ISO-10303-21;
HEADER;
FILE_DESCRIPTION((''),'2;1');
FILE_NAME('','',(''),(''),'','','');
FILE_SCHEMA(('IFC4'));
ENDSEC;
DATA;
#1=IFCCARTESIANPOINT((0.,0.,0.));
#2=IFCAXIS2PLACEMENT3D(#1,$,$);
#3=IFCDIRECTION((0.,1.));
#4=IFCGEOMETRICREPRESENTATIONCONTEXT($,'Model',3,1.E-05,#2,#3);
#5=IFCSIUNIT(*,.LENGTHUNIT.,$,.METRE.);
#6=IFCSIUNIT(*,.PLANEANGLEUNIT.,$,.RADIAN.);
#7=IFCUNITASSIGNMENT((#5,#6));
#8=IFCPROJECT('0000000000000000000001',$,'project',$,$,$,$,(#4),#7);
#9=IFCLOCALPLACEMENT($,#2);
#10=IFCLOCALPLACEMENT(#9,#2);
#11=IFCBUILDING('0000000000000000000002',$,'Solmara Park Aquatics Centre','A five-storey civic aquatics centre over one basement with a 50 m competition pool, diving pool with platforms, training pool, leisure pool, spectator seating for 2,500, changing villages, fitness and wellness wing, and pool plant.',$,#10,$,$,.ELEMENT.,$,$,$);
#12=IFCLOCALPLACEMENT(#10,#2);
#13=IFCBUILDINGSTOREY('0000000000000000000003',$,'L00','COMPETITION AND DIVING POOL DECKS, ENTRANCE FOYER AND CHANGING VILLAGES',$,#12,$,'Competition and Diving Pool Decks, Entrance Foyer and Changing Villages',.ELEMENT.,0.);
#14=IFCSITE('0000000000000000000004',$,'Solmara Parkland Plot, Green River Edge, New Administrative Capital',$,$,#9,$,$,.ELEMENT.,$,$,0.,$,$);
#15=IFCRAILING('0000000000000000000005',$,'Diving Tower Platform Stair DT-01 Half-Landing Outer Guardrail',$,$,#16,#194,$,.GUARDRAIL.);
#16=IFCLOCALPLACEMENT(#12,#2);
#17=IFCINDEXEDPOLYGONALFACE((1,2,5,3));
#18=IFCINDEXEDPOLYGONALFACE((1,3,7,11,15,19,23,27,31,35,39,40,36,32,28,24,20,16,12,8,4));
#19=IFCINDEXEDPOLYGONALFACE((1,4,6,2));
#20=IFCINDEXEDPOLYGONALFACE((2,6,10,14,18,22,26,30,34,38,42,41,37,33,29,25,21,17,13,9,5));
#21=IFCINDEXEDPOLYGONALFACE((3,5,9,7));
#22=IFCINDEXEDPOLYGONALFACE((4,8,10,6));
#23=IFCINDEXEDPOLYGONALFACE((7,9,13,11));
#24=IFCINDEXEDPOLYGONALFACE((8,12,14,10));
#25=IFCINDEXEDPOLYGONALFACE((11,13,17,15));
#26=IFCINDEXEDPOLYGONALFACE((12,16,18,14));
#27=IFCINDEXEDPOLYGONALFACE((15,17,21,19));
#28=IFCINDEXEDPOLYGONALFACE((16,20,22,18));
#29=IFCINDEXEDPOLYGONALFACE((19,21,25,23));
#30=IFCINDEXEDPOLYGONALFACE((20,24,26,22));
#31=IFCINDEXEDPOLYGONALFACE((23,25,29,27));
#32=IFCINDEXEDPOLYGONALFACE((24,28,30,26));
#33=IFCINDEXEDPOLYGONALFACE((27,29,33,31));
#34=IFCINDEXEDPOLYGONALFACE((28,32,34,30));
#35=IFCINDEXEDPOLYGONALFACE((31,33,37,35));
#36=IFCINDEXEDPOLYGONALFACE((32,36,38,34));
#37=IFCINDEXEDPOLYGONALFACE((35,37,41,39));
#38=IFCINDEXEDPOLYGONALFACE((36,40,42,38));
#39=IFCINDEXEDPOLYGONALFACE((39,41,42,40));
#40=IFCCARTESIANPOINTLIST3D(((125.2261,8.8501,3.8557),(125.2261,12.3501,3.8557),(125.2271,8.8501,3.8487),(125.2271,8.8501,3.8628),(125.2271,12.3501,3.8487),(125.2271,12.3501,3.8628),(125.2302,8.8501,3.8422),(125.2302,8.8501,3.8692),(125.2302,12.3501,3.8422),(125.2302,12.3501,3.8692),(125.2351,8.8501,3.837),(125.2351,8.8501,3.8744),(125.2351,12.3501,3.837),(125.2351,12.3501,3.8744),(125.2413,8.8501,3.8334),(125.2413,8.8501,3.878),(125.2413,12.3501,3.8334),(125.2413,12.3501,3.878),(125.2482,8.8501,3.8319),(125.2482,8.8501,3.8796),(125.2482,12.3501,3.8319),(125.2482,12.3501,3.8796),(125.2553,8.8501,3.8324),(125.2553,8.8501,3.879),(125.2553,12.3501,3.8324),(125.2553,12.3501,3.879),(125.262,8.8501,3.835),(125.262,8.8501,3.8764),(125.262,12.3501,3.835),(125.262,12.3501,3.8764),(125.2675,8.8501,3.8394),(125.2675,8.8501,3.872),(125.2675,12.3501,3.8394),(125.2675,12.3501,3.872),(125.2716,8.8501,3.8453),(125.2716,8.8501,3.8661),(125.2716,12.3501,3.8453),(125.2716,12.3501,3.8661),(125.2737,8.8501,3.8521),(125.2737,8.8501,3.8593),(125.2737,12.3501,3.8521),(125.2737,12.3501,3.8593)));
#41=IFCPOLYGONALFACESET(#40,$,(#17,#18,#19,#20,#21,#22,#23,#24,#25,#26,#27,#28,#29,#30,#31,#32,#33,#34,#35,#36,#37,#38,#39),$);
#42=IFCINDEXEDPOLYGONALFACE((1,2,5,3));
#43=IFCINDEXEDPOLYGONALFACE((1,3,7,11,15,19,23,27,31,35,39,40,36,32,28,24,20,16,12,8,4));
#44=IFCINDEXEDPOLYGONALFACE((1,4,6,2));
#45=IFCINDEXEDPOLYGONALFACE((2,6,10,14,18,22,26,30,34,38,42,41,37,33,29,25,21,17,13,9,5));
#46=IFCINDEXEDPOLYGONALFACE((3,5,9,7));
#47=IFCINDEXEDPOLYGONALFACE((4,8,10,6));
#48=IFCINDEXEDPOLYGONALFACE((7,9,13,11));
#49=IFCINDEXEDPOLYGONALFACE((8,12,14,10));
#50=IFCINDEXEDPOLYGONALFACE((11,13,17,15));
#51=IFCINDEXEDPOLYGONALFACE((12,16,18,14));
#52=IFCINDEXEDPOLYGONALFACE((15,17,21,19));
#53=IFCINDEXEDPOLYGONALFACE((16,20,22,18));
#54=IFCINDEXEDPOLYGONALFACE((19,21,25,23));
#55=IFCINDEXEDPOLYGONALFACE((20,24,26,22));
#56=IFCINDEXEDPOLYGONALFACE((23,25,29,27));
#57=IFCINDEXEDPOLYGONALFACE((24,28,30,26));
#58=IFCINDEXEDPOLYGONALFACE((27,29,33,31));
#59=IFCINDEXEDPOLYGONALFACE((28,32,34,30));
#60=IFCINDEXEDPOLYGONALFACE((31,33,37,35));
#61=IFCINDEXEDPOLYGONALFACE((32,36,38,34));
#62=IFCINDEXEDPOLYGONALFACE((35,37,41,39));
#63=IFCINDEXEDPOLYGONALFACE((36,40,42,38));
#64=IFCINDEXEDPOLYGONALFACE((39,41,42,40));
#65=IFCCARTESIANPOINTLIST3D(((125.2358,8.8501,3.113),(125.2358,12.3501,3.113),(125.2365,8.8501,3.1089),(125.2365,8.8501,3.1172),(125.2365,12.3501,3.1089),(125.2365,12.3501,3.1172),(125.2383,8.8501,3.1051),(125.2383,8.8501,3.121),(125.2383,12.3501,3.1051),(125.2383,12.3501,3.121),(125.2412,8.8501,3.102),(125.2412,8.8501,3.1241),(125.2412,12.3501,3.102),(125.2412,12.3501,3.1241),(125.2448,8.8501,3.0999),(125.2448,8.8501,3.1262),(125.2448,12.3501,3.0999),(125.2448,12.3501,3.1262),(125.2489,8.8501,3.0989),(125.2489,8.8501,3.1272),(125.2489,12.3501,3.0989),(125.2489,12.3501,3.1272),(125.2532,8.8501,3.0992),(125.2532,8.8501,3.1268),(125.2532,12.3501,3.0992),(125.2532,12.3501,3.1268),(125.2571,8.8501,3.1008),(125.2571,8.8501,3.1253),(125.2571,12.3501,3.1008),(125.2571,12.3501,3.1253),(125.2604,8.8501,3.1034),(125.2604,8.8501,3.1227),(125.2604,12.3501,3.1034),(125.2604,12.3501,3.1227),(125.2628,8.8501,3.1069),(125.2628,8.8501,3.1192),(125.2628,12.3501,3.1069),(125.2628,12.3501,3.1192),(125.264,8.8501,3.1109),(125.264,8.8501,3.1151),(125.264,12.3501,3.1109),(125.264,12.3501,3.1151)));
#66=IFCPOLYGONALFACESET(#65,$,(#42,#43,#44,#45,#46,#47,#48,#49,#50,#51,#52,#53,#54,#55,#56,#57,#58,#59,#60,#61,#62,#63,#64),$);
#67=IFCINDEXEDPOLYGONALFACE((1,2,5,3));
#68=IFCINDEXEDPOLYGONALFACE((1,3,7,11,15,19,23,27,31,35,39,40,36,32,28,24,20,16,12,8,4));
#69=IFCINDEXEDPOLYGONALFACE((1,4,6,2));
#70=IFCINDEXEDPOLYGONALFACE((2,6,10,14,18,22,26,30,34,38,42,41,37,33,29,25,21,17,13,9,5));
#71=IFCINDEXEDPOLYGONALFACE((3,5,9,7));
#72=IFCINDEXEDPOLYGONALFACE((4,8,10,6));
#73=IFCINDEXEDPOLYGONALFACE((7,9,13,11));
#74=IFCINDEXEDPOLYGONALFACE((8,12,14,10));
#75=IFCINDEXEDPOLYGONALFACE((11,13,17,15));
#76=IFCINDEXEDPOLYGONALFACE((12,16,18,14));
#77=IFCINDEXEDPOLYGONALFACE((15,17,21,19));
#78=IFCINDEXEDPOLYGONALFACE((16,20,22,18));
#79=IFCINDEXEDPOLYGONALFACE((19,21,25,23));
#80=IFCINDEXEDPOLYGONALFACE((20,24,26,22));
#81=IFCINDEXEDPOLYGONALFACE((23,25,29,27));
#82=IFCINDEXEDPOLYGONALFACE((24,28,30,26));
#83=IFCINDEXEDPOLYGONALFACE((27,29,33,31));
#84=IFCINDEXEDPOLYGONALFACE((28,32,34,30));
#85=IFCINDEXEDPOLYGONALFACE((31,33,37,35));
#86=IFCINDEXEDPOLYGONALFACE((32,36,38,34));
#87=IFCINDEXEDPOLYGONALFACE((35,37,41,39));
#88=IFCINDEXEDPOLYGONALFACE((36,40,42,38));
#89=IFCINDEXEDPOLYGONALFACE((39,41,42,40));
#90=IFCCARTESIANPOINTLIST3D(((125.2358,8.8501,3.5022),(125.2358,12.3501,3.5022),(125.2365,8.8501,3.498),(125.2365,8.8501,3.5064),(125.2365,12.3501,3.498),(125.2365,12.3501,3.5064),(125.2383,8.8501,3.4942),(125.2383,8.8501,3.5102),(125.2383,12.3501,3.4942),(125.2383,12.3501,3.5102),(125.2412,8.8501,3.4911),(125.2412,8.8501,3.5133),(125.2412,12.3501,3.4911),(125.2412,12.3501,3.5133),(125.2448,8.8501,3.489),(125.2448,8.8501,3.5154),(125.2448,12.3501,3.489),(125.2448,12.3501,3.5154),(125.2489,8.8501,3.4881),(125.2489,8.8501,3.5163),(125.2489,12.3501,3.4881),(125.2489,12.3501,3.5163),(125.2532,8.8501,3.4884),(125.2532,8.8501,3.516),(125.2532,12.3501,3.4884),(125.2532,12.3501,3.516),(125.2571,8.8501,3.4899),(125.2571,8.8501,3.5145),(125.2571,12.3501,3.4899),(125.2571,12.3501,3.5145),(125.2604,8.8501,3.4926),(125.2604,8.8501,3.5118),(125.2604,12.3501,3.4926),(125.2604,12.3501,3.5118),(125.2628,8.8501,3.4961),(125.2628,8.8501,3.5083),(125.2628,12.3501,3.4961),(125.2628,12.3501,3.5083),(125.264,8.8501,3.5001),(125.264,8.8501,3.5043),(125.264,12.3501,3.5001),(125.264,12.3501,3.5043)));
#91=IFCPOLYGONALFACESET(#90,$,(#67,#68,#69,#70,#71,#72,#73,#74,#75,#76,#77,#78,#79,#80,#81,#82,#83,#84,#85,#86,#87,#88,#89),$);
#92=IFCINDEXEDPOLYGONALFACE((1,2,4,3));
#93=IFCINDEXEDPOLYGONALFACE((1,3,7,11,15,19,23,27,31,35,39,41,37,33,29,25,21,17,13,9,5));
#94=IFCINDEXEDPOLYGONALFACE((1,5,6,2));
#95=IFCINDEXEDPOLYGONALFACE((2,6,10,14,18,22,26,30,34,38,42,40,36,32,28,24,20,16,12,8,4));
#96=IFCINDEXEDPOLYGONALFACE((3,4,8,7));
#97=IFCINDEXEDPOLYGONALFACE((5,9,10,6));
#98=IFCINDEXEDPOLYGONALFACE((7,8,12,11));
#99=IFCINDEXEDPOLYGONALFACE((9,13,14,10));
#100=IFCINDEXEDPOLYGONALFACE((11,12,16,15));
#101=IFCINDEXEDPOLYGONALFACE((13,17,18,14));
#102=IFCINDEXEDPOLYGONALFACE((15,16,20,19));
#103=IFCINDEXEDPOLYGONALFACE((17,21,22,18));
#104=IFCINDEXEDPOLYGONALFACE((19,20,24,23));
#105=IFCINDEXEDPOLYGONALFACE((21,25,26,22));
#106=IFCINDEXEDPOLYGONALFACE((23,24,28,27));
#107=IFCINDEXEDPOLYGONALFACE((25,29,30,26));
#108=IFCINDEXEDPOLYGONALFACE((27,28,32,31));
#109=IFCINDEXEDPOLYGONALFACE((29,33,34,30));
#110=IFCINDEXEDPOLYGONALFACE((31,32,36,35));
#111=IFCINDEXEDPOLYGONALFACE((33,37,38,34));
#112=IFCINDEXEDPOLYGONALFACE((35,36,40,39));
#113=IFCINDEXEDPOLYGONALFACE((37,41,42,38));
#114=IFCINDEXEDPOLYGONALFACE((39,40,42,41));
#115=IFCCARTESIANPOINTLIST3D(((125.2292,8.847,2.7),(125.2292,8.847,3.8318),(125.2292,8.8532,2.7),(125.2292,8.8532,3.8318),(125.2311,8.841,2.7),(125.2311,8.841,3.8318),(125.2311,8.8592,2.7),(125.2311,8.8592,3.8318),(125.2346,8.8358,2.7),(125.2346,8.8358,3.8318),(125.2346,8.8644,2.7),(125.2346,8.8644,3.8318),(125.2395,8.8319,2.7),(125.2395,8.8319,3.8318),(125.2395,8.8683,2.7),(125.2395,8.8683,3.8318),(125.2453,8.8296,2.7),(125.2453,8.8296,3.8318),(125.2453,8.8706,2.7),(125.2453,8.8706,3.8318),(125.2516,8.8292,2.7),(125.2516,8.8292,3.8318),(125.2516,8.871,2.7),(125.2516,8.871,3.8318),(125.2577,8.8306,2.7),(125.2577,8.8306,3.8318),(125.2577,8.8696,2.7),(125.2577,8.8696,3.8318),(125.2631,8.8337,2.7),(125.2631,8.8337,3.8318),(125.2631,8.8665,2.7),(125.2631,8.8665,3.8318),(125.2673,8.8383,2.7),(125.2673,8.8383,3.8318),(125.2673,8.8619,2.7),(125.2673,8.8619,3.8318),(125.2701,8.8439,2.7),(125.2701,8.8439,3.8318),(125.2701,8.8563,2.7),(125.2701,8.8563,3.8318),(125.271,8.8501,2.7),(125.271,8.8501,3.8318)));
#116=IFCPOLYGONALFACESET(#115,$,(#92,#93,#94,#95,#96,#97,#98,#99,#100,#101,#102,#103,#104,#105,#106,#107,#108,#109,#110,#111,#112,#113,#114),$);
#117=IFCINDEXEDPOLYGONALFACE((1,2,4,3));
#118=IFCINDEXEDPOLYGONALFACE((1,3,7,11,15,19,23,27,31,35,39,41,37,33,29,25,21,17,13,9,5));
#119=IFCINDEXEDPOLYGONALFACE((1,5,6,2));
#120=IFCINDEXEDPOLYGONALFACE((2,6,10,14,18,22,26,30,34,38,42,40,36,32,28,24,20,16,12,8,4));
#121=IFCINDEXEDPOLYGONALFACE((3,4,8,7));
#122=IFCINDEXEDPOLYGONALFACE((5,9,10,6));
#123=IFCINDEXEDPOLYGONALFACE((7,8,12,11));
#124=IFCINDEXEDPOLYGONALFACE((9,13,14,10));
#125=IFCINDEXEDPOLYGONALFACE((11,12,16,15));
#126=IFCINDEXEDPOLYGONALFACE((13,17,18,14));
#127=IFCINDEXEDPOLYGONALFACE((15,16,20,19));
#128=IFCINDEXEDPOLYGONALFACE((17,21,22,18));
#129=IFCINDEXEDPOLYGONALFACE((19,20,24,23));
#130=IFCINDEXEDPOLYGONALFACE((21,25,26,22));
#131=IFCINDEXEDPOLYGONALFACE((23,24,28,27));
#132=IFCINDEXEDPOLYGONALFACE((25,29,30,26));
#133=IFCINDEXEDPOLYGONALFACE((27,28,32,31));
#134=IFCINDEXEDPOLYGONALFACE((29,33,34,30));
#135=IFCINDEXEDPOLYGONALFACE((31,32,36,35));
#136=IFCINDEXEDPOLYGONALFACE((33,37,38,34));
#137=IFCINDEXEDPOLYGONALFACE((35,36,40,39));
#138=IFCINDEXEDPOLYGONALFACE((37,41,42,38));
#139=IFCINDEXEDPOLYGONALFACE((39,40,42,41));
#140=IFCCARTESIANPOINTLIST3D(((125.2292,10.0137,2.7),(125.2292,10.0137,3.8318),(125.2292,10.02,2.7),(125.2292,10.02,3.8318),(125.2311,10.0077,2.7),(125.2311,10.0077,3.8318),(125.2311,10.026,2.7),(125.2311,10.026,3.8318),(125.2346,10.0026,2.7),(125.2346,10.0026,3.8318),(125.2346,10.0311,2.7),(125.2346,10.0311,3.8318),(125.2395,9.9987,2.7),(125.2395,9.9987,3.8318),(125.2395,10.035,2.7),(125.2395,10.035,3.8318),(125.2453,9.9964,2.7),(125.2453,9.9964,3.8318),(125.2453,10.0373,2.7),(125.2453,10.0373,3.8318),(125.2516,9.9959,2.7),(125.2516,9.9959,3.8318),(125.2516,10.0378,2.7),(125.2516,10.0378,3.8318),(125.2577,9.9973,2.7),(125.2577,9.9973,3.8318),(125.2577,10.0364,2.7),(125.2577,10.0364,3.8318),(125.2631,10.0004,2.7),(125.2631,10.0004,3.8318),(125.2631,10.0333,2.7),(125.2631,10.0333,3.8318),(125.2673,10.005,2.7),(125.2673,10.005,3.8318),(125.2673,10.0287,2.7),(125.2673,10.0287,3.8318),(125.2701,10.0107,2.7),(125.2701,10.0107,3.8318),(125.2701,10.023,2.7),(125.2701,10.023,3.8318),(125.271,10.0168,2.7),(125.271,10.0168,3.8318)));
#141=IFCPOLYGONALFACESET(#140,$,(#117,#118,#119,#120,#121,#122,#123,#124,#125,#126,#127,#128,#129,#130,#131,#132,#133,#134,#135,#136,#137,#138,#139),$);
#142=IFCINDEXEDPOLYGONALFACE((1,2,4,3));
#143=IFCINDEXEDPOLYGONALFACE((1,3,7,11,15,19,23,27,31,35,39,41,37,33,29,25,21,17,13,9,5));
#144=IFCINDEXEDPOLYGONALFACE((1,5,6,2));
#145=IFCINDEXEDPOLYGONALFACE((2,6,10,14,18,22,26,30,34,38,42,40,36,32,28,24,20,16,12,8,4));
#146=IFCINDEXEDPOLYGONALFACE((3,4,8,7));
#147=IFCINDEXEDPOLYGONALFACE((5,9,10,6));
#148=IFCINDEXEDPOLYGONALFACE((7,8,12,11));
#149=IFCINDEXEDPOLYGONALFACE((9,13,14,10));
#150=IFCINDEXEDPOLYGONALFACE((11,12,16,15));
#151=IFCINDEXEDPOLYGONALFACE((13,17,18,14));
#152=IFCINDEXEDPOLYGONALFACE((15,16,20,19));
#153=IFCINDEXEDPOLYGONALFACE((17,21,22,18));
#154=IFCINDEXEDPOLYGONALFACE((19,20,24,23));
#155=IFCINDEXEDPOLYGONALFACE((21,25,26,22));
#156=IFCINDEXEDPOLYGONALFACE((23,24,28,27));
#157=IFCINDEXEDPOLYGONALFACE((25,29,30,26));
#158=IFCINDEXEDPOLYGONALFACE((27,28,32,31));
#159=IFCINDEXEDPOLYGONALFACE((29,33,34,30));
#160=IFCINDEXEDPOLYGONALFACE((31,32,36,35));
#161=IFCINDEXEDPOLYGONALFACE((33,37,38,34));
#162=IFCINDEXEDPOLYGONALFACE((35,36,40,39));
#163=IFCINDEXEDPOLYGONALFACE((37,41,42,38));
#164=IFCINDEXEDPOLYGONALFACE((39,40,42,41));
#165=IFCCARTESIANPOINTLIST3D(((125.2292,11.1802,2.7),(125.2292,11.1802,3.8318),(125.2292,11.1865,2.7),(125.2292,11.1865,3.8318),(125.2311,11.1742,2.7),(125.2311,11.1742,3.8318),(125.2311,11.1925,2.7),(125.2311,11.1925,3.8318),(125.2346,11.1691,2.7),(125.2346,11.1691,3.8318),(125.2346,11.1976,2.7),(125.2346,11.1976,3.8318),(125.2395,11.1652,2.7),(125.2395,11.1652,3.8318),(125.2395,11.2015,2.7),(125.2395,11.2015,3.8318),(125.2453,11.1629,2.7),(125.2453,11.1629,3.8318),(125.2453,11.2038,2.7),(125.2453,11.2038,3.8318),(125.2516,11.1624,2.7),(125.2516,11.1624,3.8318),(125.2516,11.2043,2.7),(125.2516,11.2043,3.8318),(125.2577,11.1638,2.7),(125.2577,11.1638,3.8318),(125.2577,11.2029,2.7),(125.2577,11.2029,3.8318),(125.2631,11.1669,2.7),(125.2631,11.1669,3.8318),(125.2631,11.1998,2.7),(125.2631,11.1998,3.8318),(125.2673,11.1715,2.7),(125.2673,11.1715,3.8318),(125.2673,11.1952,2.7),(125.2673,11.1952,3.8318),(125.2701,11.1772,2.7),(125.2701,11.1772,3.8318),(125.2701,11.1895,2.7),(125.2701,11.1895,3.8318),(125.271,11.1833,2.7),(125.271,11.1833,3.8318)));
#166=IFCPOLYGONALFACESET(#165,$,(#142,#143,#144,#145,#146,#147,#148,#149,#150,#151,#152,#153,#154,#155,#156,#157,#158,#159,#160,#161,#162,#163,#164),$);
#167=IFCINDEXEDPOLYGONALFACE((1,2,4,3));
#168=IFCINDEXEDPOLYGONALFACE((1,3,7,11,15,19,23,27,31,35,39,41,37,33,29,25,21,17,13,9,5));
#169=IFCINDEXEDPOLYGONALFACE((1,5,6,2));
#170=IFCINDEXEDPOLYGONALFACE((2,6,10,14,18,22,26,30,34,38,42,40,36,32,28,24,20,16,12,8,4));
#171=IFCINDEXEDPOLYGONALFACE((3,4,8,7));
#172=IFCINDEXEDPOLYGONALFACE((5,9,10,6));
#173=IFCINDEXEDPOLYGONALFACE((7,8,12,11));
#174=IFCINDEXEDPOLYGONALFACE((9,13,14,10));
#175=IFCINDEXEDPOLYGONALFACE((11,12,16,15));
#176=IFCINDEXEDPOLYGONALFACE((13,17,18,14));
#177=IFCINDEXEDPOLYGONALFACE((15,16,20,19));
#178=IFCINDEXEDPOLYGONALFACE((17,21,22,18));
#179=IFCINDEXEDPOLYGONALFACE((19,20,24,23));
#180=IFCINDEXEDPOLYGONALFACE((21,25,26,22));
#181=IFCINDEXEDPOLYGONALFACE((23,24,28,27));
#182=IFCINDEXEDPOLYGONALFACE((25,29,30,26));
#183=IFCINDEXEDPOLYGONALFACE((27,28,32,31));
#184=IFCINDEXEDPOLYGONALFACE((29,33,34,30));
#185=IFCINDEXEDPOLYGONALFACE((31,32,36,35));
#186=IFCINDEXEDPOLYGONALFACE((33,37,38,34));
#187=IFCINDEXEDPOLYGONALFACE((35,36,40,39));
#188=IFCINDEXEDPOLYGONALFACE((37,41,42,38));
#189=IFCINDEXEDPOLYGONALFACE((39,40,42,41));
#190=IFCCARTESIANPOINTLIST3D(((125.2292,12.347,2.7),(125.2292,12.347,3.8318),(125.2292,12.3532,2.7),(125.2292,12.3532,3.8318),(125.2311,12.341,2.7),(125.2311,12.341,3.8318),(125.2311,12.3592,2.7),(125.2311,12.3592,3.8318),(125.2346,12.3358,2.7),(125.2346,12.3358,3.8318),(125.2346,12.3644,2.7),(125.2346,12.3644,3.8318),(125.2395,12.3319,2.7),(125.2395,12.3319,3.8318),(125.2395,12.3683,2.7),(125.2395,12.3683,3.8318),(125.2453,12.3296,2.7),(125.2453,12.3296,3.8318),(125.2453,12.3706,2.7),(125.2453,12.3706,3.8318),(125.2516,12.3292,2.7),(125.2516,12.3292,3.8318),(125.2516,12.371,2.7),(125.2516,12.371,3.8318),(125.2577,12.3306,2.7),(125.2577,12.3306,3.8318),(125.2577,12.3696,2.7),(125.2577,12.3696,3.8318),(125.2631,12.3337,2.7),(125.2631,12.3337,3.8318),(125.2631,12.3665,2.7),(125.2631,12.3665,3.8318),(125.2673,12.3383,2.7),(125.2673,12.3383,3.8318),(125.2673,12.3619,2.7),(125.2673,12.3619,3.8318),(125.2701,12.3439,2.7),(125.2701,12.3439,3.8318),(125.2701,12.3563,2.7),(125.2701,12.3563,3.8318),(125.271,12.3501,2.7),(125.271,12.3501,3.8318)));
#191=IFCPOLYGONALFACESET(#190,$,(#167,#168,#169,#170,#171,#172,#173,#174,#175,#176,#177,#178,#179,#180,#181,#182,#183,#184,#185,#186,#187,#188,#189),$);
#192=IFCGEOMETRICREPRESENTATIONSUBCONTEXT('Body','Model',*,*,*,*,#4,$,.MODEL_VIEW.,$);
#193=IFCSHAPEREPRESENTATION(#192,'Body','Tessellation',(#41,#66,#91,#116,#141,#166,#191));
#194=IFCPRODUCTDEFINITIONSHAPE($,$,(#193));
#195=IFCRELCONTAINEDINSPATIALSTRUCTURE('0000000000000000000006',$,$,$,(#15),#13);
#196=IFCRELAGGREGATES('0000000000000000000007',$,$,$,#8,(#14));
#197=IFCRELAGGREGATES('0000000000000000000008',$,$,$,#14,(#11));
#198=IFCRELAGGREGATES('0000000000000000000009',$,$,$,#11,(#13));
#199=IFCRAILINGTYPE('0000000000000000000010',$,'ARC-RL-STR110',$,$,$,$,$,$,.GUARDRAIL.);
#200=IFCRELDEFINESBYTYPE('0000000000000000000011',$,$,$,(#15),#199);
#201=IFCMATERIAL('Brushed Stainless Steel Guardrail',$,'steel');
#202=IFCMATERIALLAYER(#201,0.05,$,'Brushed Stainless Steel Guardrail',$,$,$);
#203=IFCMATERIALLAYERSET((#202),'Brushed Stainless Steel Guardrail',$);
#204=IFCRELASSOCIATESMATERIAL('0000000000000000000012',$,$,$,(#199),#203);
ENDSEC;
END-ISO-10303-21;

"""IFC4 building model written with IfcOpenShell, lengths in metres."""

from ifc_helpers import new_model, si_unit, direction, frame, origin, origin_2d, place, context, subcontext, project, spatial, circle, extrude, material, layer, layer_set, type_object, element, save


model = new_model("IFC4")

# Units and contexts
model_context = context("Model", 3, precision=1e-05, world=origin(), true_north=direction((0.0, 1.0)))
body_context = subcontext(model_context, "Body", "Model", "MODEL_VIEW")
ifc_project = project(units=[si_unit("LENGTHUNIT", "METRE"), si_unit("PLANEANGLEUNIT", "RADIAN")], contexts=[model_context])

# Site, building, storey
site_placement = place(None, origin())
site = spatial("IfcSite", under=ifc_project, at=site_placement, Name="Solmara Parkland Plot, Green River Edge, New Administrative Capital", CompositionType="ELEMENT", RefElevation=0.0)
building_placement = place(site_placement, origin())
building = spatial("IfcBuilding", under=site, at=building_placement, Name="Solmara Park Aquatics Centre", Description="A five-storey civic aquatics centre over one basement with a 50 m competition pool, diving pool with platforms, training pool, leisure pool, spectator seating for 2,500, changing villages, fitness and wellness wing, and pool plant.", CompositionType="ELEMENT")
storey_placement = place(building_placement, origin())
storey = spatial("IfcBuildingStorey", under=building, at=storey_placement, Name="L00", Description="COMPETITION AND DIVING POOL DECKS, ENTRANCE FOYER AND CHANGING VILLAGES", LongName="Competition and Diving Pool Decks, Entrance Foyer and Changing Villages", CompositionType="ELEMENT", Elevation=0.0)

# Railing
ifc_material_1 = material(Name="Brushed Stainless Steel Guardrail", Category="steel")
ifc_layer_1 = layer(ifc_material_1, 0.05, Name="Brushed Stainless Steel Guardrail")
ifc_layer_set_1 = layer_set([ifc_layer_1], Name="Brushed Stainless Steel Guardrail")
railing_type_1 = type_object("IfcRailingType", Name="ARC-RL-STR110", PredefinedType="GUARDRAIL", material=ifc_layer_set_1)
railing_1_placement = place(storey_placement, frame((125.25, 8.8501, 2.7)))
element("IfcRailing", 1, at=railing_1_placement, inside=storey, type_object=railing_type_1, Name="Diving Tower Platform Stair DT-01 Half-Landing Outer Guardrail", PredefinedType="GUARDRAIL", context=body_context, shape_type="SweptSolid", body=[
    extrude(circle(Radius=0.0239, at=origin_2d()), frame((0.0, 0.0, 1.1558), z_axis=(0.0, 1.0, 0.0), x_axis=(-1.0, 0.0, 0.0)), (0.0, 0.0, 1.0), 3.5),
    extrude(circle(Radius=0.0142, at=origin_2d()), frame((0.0, 0.0, 0.4131), z_axis=(0.0, 1.0, 0.0), x_axis=(-1.0, 0.0, 0.0)), (0.0, 0.0, 1.0), 3.5),
    extrude(circle(Radius=0.0142, at=origin_2d()), frame((0.0, 0.0, 0.8022), z_axis=(0.0, 1.0, 0.0), x_axis=(-1.0, 0.0, 0.0)), (0.0, 0.0, 1.0), 3.5),
    extrude(circle(Radius=0.021, at=origin_2d()), origin(), (0.0, 0.0, 1.0), 1.1318),
    extrude(circle(Radius=0.021, at=origin_2d()), frame((0.0, 1.1667, 0.0)), (0.0, 0.0, 1.0), 1.1318),
    extrude(circle(Radius=0.021, at=origin_2d()), frame((0.0, 2.3333, 0.0)), (0.0, 0.0, 1.0), 1.1318),
    extrude(circle(Radius=0.021, at=origin_2d()), frame((0.0, 3.5, 0.0)), (0.0, 0.0, 1.0), 1.1318),
])

save(model, "model.ifc")
